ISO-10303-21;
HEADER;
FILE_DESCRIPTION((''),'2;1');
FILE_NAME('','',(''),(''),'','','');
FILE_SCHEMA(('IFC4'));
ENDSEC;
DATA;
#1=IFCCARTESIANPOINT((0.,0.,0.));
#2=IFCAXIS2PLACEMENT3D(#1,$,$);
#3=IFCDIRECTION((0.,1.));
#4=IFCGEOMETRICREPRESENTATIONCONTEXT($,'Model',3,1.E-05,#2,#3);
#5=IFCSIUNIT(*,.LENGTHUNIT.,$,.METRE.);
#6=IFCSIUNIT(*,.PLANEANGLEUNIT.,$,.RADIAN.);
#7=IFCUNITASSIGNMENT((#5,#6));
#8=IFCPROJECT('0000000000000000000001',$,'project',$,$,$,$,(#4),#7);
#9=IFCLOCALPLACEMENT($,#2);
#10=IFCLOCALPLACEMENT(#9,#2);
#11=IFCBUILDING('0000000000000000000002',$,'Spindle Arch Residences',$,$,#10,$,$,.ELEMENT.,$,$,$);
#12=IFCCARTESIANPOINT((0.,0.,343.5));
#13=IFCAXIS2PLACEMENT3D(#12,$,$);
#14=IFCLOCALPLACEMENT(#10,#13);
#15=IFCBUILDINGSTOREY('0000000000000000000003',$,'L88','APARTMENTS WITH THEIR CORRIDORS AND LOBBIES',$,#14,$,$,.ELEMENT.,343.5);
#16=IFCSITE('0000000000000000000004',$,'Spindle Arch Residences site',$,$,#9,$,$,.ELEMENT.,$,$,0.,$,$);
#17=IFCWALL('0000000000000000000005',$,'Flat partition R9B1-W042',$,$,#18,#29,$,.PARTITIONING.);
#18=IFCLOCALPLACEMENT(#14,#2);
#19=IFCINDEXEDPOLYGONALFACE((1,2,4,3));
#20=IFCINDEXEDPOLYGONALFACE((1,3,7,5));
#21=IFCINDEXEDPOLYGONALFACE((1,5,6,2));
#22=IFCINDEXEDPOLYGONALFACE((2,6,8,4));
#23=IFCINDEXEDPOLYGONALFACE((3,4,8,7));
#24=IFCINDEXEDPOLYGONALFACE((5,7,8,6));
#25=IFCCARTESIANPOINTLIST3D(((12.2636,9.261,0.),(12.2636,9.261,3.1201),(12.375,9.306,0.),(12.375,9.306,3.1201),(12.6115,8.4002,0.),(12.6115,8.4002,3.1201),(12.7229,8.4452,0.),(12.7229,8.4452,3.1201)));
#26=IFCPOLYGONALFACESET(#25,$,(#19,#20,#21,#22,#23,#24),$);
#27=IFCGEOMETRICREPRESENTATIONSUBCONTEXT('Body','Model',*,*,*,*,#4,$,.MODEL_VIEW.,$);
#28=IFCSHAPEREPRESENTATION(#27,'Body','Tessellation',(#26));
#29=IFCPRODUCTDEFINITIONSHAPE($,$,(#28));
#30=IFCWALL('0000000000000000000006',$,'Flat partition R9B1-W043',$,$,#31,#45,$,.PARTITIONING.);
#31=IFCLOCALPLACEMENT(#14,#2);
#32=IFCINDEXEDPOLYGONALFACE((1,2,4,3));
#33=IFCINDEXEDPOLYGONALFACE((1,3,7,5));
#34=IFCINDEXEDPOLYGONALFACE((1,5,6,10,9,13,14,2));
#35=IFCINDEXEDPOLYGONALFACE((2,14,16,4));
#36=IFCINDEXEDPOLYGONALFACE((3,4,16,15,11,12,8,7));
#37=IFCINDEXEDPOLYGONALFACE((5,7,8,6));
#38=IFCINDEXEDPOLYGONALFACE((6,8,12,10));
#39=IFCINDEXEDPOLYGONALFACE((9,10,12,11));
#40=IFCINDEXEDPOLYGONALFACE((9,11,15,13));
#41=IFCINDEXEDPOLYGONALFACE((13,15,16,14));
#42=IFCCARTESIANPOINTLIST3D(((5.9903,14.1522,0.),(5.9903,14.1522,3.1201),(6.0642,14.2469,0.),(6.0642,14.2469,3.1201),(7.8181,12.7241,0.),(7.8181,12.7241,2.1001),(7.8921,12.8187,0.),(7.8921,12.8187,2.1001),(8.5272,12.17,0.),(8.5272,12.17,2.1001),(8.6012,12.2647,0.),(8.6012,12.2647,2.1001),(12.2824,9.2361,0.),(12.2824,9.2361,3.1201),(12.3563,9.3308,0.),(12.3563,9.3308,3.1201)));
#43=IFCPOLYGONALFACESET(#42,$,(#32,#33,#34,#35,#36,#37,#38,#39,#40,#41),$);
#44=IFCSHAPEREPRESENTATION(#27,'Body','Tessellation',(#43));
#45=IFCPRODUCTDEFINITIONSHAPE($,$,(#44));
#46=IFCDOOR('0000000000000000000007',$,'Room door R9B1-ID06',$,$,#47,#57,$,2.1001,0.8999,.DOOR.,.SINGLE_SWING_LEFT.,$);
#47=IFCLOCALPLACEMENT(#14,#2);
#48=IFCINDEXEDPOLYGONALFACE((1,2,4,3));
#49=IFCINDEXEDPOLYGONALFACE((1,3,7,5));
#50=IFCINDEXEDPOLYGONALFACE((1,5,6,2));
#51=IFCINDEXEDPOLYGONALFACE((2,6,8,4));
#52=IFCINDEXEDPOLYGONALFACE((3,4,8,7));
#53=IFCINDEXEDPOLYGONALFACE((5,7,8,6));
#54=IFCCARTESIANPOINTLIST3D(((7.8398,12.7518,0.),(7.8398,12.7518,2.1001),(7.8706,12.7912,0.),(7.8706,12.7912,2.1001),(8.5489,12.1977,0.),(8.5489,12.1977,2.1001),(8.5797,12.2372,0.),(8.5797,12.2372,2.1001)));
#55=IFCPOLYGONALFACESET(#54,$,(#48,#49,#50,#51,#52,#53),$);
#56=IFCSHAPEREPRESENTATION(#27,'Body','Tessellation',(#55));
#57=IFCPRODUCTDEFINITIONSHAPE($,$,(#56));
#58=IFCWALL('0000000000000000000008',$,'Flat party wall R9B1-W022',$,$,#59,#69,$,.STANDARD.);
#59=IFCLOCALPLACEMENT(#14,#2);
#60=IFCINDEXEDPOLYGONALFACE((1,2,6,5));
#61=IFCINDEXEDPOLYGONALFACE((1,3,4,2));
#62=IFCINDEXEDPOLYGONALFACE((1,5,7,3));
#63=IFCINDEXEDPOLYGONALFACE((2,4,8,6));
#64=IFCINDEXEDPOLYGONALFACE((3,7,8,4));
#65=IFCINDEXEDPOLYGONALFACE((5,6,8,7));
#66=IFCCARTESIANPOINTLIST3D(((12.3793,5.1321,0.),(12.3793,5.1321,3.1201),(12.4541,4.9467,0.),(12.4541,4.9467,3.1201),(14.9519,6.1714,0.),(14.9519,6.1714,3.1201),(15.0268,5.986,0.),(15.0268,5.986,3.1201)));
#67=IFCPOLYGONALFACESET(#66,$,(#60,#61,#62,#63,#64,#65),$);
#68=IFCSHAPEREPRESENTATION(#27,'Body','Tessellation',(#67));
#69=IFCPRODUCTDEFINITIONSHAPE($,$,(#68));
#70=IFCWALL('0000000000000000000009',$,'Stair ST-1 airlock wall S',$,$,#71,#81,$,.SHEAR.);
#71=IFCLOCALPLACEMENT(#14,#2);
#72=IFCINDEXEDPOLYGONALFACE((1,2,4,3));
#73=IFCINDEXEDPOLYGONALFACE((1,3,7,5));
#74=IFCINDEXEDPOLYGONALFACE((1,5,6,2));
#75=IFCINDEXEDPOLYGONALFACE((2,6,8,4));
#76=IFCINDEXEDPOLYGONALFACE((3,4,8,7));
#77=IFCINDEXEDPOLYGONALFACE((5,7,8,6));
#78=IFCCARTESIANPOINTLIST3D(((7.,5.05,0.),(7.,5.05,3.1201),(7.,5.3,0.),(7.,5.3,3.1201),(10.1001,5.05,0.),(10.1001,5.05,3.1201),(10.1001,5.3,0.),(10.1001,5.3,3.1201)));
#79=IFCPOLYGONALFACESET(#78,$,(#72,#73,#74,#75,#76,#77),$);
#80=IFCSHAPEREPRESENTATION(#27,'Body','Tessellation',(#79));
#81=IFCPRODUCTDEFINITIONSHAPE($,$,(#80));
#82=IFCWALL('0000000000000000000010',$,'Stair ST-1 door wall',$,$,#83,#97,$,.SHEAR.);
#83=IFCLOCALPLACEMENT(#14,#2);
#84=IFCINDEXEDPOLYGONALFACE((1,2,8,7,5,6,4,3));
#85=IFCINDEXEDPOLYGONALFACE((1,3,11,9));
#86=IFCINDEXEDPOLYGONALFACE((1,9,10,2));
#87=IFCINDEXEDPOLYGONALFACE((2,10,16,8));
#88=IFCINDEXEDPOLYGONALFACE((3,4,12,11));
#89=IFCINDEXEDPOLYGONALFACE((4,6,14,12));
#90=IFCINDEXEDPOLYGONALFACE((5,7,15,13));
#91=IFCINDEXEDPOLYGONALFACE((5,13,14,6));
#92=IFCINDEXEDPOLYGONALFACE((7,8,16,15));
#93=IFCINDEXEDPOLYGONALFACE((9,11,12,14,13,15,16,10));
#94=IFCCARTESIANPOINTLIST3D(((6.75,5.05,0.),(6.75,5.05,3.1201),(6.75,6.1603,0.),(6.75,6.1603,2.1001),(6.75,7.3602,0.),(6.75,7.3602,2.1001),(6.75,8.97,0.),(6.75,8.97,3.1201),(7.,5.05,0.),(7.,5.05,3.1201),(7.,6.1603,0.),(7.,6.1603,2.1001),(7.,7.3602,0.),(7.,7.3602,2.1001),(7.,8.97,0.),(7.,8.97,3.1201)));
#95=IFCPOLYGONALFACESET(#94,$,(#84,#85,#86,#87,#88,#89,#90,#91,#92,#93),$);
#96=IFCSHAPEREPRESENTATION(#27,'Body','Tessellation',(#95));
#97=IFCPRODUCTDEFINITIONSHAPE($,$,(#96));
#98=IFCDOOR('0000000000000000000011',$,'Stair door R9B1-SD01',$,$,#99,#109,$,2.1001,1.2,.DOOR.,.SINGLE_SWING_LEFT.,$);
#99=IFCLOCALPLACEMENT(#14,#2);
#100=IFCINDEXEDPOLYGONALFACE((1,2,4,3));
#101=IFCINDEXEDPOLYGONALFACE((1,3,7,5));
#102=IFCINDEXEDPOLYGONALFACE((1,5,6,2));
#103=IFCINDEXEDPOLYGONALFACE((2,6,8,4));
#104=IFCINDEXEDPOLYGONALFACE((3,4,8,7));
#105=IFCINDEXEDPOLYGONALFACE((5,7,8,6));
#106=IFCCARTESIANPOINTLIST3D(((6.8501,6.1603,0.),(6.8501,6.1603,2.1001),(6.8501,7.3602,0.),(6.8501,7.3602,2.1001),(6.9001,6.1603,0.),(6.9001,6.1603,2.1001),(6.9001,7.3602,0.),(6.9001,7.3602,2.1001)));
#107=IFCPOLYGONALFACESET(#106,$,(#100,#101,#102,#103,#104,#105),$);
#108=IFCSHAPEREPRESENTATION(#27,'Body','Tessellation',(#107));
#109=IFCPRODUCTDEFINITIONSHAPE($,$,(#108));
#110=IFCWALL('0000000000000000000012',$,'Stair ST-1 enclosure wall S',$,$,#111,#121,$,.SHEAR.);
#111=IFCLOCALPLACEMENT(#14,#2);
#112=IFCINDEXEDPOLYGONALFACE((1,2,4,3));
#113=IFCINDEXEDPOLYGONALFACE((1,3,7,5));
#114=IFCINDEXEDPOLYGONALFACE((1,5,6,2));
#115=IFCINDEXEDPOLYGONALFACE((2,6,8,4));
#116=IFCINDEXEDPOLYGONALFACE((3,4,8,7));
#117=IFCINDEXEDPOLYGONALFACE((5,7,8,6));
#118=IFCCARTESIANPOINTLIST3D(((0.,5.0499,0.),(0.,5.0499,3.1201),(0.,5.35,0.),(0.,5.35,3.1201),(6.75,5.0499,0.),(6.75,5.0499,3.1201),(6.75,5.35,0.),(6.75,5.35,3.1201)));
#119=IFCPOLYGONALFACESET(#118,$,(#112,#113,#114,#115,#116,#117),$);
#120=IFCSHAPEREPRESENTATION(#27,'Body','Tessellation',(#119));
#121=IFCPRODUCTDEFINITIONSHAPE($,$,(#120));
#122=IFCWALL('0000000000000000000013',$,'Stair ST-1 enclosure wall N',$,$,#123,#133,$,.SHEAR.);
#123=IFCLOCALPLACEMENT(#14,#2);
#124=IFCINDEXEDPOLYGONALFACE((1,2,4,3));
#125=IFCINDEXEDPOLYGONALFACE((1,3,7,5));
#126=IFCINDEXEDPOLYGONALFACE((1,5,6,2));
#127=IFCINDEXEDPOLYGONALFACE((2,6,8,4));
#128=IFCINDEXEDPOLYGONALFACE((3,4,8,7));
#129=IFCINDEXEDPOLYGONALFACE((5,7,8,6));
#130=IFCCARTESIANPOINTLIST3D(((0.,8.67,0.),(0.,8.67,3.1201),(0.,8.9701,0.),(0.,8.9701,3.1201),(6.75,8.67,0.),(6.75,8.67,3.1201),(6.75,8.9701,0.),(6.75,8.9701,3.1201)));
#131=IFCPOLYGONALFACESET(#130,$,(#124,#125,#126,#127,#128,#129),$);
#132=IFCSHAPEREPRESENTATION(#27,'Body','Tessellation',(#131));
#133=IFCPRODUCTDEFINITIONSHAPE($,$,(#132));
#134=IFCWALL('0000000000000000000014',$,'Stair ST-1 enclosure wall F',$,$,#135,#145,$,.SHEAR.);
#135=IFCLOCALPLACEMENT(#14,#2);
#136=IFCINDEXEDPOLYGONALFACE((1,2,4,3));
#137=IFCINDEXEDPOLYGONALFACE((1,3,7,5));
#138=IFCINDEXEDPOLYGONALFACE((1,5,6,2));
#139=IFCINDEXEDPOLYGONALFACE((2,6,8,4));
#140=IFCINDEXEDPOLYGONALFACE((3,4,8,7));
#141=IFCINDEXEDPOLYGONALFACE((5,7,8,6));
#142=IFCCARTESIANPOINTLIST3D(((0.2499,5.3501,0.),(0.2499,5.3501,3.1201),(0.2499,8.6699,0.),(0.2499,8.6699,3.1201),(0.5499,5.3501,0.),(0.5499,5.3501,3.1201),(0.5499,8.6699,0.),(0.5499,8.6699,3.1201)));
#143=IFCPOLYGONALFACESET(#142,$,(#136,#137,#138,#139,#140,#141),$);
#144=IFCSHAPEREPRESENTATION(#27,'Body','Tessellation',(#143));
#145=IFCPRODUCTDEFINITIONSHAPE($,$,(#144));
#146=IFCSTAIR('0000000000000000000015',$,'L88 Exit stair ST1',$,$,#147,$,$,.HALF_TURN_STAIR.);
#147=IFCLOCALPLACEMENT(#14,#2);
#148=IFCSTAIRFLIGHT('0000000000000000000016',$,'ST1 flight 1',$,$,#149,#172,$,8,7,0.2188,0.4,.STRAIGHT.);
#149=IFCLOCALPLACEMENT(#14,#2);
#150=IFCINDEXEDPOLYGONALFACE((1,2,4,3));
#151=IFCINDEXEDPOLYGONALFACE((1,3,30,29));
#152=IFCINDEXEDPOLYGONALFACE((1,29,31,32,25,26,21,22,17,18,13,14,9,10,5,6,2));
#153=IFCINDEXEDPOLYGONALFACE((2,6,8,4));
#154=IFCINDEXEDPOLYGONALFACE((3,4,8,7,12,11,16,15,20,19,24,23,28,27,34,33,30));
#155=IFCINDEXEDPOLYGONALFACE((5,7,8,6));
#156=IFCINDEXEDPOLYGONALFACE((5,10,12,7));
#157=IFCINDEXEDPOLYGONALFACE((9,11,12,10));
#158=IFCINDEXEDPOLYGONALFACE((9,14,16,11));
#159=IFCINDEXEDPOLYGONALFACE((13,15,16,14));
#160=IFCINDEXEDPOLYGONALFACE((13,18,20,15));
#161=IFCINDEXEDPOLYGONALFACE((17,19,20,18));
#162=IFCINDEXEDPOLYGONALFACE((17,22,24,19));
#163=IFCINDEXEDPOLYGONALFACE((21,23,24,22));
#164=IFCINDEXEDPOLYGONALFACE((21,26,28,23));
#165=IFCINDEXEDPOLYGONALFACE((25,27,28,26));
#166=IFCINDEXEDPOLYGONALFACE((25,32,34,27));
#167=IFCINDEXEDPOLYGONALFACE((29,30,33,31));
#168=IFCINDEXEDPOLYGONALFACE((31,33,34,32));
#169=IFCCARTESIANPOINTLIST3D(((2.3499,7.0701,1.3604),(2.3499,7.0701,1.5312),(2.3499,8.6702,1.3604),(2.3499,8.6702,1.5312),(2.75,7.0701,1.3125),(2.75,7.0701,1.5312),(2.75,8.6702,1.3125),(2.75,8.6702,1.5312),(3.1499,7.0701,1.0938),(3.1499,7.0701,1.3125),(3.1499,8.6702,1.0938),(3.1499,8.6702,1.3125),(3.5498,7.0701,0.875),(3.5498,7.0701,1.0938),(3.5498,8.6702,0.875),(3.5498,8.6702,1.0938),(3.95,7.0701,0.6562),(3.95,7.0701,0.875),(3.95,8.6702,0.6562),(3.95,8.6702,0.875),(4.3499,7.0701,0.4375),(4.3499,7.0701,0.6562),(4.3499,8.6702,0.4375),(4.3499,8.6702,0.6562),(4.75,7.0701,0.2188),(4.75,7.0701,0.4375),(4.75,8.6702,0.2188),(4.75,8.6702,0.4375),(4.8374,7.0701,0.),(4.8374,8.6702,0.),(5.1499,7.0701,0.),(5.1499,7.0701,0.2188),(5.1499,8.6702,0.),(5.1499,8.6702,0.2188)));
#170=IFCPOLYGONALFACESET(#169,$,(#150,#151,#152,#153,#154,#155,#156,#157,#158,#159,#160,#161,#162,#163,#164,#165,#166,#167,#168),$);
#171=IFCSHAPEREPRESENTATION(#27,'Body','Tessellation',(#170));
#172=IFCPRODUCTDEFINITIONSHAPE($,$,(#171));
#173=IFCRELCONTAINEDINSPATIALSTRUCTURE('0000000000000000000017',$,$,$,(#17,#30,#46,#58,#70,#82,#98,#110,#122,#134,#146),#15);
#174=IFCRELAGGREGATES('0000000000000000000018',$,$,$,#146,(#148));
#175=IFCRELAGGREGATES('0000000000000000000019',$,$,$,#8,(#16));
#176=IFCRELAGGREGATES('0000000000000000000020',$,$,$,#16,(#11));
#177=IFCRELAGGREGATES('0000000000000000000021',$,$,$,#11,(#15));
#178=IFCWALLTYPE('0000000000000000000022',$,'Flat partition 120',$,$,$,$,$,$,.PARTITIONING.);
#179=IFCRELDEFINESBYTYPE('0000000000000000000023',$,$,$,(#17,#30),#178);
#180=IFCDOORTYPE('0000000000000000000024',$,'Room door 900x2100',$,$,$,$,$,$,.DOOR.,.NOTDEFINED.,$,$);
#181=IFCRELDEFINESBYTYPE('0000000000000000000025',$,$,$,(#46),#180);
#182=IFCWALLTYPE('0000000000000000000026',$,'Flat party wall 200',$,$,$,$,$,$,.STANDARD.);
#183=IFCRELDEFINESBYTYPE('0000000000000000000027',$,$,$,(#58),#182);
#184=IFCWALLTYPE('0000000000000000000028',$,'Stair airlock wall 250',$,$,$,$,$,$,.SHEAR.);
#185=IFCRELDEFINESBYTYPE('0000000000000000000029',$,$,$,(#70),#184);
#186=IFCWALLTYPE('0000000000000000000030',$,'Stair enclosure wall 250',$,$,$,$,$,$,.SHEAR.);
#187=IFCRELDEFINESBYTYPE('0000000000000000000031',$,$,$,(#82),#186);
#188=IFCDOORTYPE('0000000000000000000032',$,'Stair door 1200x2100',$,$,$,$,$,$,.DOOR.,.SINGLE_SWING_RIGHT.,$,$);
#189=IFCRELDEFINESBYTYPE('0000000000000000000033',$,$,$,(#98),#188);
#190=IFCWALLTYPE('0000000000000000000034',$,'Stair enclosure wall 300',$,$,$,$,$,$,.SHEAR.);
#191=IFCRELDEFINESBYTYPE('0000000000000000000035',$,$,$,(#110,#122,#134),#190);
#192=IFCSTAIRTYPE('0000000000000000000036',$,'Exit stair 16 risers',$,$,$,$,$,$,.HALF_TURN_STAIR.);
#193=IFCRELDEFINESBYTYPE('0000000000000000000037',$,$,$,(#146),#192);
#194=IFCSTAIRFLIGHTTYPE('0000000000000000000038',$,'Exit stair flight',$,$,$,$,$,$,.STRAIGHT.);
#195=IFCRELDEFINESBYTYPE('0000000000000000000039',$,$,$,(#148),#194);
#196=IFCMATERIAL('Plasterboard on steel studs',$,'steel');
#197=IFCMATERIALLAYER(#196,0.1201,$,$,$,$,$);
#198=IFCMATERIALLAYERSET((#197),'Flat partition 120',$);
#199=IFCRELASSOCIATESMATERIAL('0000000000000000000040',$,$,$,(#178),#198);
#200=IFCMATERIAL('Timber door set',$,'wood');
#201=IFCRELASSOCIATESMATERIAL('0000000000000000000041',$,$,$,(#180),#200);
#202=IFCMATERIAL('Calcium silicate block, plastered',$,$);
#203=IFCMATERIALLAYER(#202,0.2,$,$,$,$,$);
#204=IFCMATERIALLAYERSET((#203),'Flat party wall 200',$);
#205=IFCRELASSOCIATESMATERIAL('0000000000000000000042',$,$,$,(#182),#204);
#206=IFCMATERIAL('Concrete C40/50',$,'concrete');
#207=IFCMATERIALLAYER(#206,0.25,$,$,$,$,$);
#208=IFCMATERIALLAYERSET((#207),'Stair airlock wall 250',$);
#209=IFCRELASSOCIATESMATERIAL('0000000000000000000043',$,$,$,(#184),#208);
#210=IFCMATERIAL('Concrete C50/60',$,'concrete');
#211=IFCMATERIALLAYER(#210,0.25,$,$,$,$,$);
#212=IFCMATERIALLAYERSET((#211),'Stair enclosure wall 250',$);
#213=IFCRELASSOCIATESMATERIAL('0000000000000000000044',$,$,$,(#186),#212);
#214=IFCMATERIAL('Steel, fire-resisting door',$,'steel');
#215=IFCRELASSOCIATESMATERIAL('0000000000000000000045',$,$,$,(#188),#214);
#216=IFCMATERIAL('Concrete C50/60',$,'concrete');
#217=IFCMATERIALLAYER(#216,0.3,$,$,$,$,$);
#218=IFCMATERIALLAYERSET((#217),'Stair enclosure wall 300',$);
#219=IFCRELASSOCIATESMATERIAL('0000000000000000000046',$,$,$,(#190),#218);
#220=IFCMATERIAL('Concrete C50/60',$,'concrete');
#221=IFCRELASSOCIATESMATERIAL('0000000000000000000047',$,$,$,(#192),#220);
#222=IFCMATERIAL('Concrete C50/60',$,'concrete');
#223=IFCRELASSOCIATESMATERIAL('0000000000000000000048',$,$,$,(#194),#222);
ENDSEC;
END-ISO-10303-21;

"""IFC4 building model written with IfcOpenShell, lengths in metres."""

from ifc_helpers import new_model, si_unit, direction, frame, frame_2d, origin, place, context, subcontext, project, spatial, polyline, rectangle, outline, extrude, material, layer, layer_set, type_object, element, fill, aggregate, save


model = new_model("IFC4")

# Units and contexts
model_context = context("Model", 3, precision=1e-05, world=origin(), true_north=direction((0.0, 1.0)))
body_context = subcontext(model_context, "Body", "Model", "MODEL_VIEW")
ifc_project = project(units=[si_unit("LENGTHUNIT", "METRE"), si_unit("PLANEANGLEUNIT", "RADIAN")], contexts=[model_context])

# Site, building, storey
site_placement = place(None, origin())
site = spatial("IfcSite", under=ifc_project, at=site_placement, Name="Spindle Arch Residences site", CompositionType="ELEMENT", RefElevation=0.0)
building_placement = place(site_placement, origin())
building = spatial("IfcBuilding", under=site, at=building_placement, Name="Spindle Arch Residences", CompositionType="ELEMENT")
storey_placement = place(building_placement, frame((0.0, 0.0, 343.5)))
storey = spatial("IfcBuildingStorey", under=building, at=storey_placement, Name="L88", Description="APARTMENTS WITH THEIR CORRIDORS AND LOBBIES", CompositionType="ELEMENT", Elevation=343.5)

# Wall
ifc_material_1 = material(Name="Plasterboard on steel studs", Category="steel")
ifc_layer_1 = layer(ifc_material_1, 0.1201)
ifc_layer_set_1 = layer_set([ifc_layer_1], Name="Flat partition 120")
wall_type_1 = type_object("IfcWallType", Name="Flat partition 120", PredefinedType="PARTITIONING", material=ifc_layer_set_1)
wall_1_placement = place(storey_placement, frame((12.6672, 8.4226, 0.0), z_axis=(0.0, 0.0, 1.0), x_axis=(-0.374698, 0.927147, 0.0)))
element("IfcWall", 1, at=wall_1_placement, inside=storey, type_object=wall_type_1, Name="Flat partition R9B1-W042", PredefinedType="PARTITIONING", context=body_context, shape_type="SweptSolid", body=[
    extrude(rectangle(XDim=0.9285, YDim=0.1201, at=frame_2d((0.4644, 0.0))), origin(), (0.0, 0.0, 1.0), 3.1201),
])

# Wall, opening, door
wall_2_placement = place(storey_placement, frame((12.3193, 9.2834, 0.0), z_axis=(0.0, 0.0, 1.0), x_axis=(-0.788, 0.615675, 0.0)))
wall_2 = element("IfcWall", 2, at=wall_2_placement, inside=storey, type_object=wall_type_1, Name="Flat partition R9B1-W043", PredefinedType="PARTITIONING", context=body_context, shape_type="SweptSolid", body=[
    extrude(rectangle(XDim=7.9849, YDim=0.1201, at=frame_2d((3.9924, 0.0))), origin(), (0.0, 0.0, 1.0), 3.1201),
])
opening_1_placement = place(wall_2_placement, frame((4.7654, 0.0, 0.0)))
opening_1 = element("IfcOpeningElement", 3, at=opening_1_placement, cuts=wall_2, PredefinedType="OPENING", context=body_context, shape_type="SweptSolid", body=[
    extrude(rectangle(XDim=0.8999, YDim=2.1001, at=frame_2d((0.45, 1.05))), frame((0.0, 0.0701, 0.0), z_axis=(0.0, -1.0, 0.0), x_axis=(1.0, 0.0, 0.0)), (0.0, 0.0, 1.0), 0.1401),
])
ifc_material_2 = material(Name="Timber door set", Category="wood")
door_type_1 = type_object("IfcDoorType", Name="Room door 900x2100", OperationType="NOTDEFINED", PredefinedType="DOOR", material=ifc_material_2)
door_1_placement = place(opening_1_placement, origin())
door_1 = element("IfcDoor", 4, at=door_1_placement, inside=storey, type_object=door_type_1, Name="Room door R9B1-ID06", OperationType="SINGLE_SWING_LEFT", OverallHeight=2.1001, OverallWidth=0.8999, PredefinedType="DOOR", context=body_context, shape_type="SweptSolid", body=[
    extrude(rectangle(XDim=0.8999, YDim=2.1001, at=frame_2d((0.45, 1.05))), frame((0.0, 0.0249, 0.0), z_axis=(0.0, -1.0, 0.0), x_axis=(1.0, 0.0, 0.0)), (0.0, 0.0, 1.0), 0.05),
])
fill(opening_1, door_1)

# Walls
ifc_material_3 = material(Name="Calcium silicate block, plastered")
ifc_layer_2 = layer(ifc_material_3, 0.2)
ifc_layer_set_2 = layer_set([ifc_layer_2], Name="Flat party wall 200")
wall_type_2 = type_object("IfcWallType", Name="Flat party wall 200", PredefinedType="STANDARD", material=ifc_layer_set_2)
wall_3_placement = place(storey_placement, frame((14.9893, 6.0786, 0.0), z_axis=(0.0, 0.0, 1.0), x_axis=(-0.927203, -0.374559, 0.0)))
element("IfcWall", 5, at=wall_3_placement, inside=storey, type_object=wall_type_2, Name="Flat party wall R9B1-W022", PredefinedType="STANDARD", context=body_context, shape_type="SweptSolid", body=[
    extrude(rectangle(XDim=2.7747, YDim=0.2, at=frame_2d((1.3872, 0.0))), origin(), (0.0, 0.0, 1.0), 3.1201),
])
ifc_material_4 = material(Name="Concrete C40/50", Category="concrete")
ifc_layer_3 = layer(ifc_material_4, 0.25)
ifc_layer_set_3 = layer_set([ifc_layer_3], Name="Stair airlock wall 250")
wall_type_3 = type_object("IfcWallType", Name="Stair airlock wall 250", PredefinedType="SHEAR", material=ifc_layer_set_3)
wall_4_placement = place(storey_placement, frame((7.0, 5.175, 0.0), z_axis=(0.0, 0.0, 1.0), x_axis=(1.0, 0.0, 0.0)))
element("IfcWall", 6, at=wall_4_placement, inside=storey, type_object=wall_type_3, Name="Stair ST-1 airlock wall S", PredefinedType="SHEAR", context=body_context, shape_type="SweptSolid", body=[
    extrude(rectangle(XDim=3.1001, YDim=0.25, at=frame_2d((1.55, 0.0))), origin(), (0.0, 0.0, 1.0), 3.1201),
])

# Wall, opening, door
ifc_material_5 = material(Name="Concrete C50/60", Category="concrete")
ifc_layer_4 = layer(ifc_material_5, 0.25)
ifc_layer_set_4 = layer_set([ifc_layer_4], Name="Stair enclosure wall 250")
wall_type_4 = type_object("IfcWallType", Name="Stair enclosure wall 250", PredefinedType="SHEAR", material=ifc_layer_set_4)
wall_5_placement = place(storey_placement, frame((6.875, 5.05, 0.0), z_axis=(0.0, 0.0, 1.0), x_axis=(0.0, 1.0, 0.0)))
wall_5 = element("IfcWall", 7, at=wall_5_placement, inside=storey, type_object=wall_type_4, Name="Stair ST-1 door wall", PredefinedType="SHEAR", context=body_context, shape_type="SweptSolid", body=[
    extrude(rectangle(XDim=3.9199, YDim=0.25, at=frame_2d((1.96, 0.0))), origin(), (0.0, 0.0, 1.0), 3.1201),
])
opening_2_placement = place(wall_5_placement, frame((1.1101, 0.0, 0.0)))
opening_2 = element("IfcOpeningElement", 8, at=opening_2_placement, cuts=wall_5, PredefinedType="OPENING", context=body_context, shape_type="SweptSolid", body=[
    extrude(rectangle(XDim=1.2, YDim=2.1001, at=frame_2d((0.6001, 1.05))), frame((0.0, 0.135, 0.0), z_axis=(0.0, -1.0, 0.0), x_axis=(1.0, 0.0, 0.0)), (0.0, 0.0, 1.0), 0.27),
])
ifc_material_6 = material(Name="Steel, fire-resisting door", Category="steel")
door_type_2 = type_object("IfcDoorType", Name="Stair door 1200x2100", OperationType="SINGLE_SWING_RIGHT", PredefinedType="DOOR", material=ifc_material_6)
door_2_placement = place(opening_2_placement, origin())
door_2 = element("IfcDoor", 9, at=door_2_placement, inside=storey, type_object=door_type_2, Name="Stair door R9B1-SD01", OperationType="SINGLE_SWING_LEFT", OverallHeight=2.1001, OverallWidth=1.2, PredefinedType="DOOR", context=body_context, shape_type="SweptSolid", body=[
    extrude(rectangle(XDim=1.2, YDim=2.1001, at=frame_2d((0.6001, 1.05))), frame((0.0, 0.0249, 0.0), z_axis=(0.0, -1.0, 0.0), x_axis=(1.0, 0.0, 0.0)), (0.0, 0.0, 1.0), 0.05),
])
fill(opening_2, door_2)

# Walls
ifc_material_7 = material(Name="Concrete C50/60", Category="concrete")
ifc_layer_5 = layer(ifc_material_7, 0.3)
ifc_layer_set_5 = layer_set([ifc_layer_5], Name="Stair enclosure wall 300")
wall_type_5 = type_object("IfcWallType", Name="Stair enclosure wall 300", PredefinedType="SHEAR", material=ifc_layer_set_5)
for number, where, z_axis, x_axis, name in (
    (10, (0.0, 5.2, 0.0), (0.0, 0.0, 1.0), (1.0, 0.0, 0.0), "Stair ST-1 enclosure wall S"),
    (11, (0.0, 8.8201, 0.0), (0.0, 0.0, 1.0), (1.0, 0.0, 0.0), "Stair ST-1 enclosure wall N"),
):
    element("IfcWall", number, at=place(storey_placement, frame(where, z_axis=z_axis, x_axis=x_axis)), inside=storey, type_object=wall_type_5, Name=name, PredefinedType="SHEAR", context=body_context, shape_type="SweptSolid", body=[
        extrude(rectangle(XDim=6.75, YDim=0.3, at=frame_2d((3.375, 0.0))), origin(), (0.0, 0.0, 1.0), 3.1201),
    ])
wall_6_placement = place(storey_placement, frame((0.3999, 5.3501, 0.0), z_axis=(0.0, 0.0, 1.0), x_axis=(0.0, 1.0, 0.0)))
element("IfcWall", 12, at=wall_6_placement, inside=storey, type_object=wall_type_5, Name="Stair ST-1 enclosure wall F", PredefinedType="SHEAR", context=body_context, shape_type="SweptSolid", body=[
    extrude(rectangle(XDim=3.3198, YDim=0.3, at=frame_2d((1.6599, 0.0))), origin(), (0.0, 0.0, 1.0), 3.1201),
])

# Stair, stair flight
ifc_material_8 = material(Name="Concrete C50/60", Category="concrete")
stair_type = type_object("IfcStairType", Name="Exit stair 16 risers", PredefinedType="HALF_TURN_STAIR", material=ifc_material_8)
stair_placement = place(storey_placement, origin())
stair = element("IfcStair", 13, at=stair_placement, inside=storey, type_object=stair_type, Name="L88 Exit stair ST1", PredefinedType="HALF_TURN_STAIR")
ifc_material_9 = material(Name="Concrete C50/60", Category="concrete")
stair_flight_type = type_object("IfcStairFlightType", Name="Exit stair flight", PredefinedType="STRAIGHT", material=ifc_material_9)
stair_flight_1_placement = place(storey_placement, frame((5.1499, 7.8701, 0.0), z_axis=(0.0, 0.0, 1.0), x_axis=(-1.0, 0.0, 0.0)))
stair_flight_1 = element("IfcStairFlight", 14, at=stair_flight_1_placement, type_object=stair_flight_type, Name="ST1 flight 1", NumberOfRisers=8, NumberOfTreads=7, PredefinedType="STRAIGHT", RiserHeight=0.2188, TreadLength=0.4, context=body_context, shape_type="SweptSolid", body=[
    extrude(outline(polyline([(0.0, 0.0), (0.0, 0.2188), (0.3999, 0.2188), (0.3999, 0.4375), (0.8, 0.4375), (0.8, 0.6562), (1.2, 0.6562), (1.2, 0.875), (1.6001, 0.875), (1.6001, 1.0938), (2.0, 1.0938), (2.0, 1.3125), (2.3999, 1.3125), (2.3999, 1.5312), (2.8, 1.5312), (2.8, 1.75), (2.8, 1.3604), (0.3125, 0.0), (0.0, 0.0)])), frame((0.0, 0.8, 0.0), z_axis=(0.0, -1.0, 0.0), x_axis=(1.0, 0.0, 0.0)), (0.0, 0.0, 1.0), 1.6001),
])
aggregate(stair, [stair_flight_1])

save(model, "model.ifc")
